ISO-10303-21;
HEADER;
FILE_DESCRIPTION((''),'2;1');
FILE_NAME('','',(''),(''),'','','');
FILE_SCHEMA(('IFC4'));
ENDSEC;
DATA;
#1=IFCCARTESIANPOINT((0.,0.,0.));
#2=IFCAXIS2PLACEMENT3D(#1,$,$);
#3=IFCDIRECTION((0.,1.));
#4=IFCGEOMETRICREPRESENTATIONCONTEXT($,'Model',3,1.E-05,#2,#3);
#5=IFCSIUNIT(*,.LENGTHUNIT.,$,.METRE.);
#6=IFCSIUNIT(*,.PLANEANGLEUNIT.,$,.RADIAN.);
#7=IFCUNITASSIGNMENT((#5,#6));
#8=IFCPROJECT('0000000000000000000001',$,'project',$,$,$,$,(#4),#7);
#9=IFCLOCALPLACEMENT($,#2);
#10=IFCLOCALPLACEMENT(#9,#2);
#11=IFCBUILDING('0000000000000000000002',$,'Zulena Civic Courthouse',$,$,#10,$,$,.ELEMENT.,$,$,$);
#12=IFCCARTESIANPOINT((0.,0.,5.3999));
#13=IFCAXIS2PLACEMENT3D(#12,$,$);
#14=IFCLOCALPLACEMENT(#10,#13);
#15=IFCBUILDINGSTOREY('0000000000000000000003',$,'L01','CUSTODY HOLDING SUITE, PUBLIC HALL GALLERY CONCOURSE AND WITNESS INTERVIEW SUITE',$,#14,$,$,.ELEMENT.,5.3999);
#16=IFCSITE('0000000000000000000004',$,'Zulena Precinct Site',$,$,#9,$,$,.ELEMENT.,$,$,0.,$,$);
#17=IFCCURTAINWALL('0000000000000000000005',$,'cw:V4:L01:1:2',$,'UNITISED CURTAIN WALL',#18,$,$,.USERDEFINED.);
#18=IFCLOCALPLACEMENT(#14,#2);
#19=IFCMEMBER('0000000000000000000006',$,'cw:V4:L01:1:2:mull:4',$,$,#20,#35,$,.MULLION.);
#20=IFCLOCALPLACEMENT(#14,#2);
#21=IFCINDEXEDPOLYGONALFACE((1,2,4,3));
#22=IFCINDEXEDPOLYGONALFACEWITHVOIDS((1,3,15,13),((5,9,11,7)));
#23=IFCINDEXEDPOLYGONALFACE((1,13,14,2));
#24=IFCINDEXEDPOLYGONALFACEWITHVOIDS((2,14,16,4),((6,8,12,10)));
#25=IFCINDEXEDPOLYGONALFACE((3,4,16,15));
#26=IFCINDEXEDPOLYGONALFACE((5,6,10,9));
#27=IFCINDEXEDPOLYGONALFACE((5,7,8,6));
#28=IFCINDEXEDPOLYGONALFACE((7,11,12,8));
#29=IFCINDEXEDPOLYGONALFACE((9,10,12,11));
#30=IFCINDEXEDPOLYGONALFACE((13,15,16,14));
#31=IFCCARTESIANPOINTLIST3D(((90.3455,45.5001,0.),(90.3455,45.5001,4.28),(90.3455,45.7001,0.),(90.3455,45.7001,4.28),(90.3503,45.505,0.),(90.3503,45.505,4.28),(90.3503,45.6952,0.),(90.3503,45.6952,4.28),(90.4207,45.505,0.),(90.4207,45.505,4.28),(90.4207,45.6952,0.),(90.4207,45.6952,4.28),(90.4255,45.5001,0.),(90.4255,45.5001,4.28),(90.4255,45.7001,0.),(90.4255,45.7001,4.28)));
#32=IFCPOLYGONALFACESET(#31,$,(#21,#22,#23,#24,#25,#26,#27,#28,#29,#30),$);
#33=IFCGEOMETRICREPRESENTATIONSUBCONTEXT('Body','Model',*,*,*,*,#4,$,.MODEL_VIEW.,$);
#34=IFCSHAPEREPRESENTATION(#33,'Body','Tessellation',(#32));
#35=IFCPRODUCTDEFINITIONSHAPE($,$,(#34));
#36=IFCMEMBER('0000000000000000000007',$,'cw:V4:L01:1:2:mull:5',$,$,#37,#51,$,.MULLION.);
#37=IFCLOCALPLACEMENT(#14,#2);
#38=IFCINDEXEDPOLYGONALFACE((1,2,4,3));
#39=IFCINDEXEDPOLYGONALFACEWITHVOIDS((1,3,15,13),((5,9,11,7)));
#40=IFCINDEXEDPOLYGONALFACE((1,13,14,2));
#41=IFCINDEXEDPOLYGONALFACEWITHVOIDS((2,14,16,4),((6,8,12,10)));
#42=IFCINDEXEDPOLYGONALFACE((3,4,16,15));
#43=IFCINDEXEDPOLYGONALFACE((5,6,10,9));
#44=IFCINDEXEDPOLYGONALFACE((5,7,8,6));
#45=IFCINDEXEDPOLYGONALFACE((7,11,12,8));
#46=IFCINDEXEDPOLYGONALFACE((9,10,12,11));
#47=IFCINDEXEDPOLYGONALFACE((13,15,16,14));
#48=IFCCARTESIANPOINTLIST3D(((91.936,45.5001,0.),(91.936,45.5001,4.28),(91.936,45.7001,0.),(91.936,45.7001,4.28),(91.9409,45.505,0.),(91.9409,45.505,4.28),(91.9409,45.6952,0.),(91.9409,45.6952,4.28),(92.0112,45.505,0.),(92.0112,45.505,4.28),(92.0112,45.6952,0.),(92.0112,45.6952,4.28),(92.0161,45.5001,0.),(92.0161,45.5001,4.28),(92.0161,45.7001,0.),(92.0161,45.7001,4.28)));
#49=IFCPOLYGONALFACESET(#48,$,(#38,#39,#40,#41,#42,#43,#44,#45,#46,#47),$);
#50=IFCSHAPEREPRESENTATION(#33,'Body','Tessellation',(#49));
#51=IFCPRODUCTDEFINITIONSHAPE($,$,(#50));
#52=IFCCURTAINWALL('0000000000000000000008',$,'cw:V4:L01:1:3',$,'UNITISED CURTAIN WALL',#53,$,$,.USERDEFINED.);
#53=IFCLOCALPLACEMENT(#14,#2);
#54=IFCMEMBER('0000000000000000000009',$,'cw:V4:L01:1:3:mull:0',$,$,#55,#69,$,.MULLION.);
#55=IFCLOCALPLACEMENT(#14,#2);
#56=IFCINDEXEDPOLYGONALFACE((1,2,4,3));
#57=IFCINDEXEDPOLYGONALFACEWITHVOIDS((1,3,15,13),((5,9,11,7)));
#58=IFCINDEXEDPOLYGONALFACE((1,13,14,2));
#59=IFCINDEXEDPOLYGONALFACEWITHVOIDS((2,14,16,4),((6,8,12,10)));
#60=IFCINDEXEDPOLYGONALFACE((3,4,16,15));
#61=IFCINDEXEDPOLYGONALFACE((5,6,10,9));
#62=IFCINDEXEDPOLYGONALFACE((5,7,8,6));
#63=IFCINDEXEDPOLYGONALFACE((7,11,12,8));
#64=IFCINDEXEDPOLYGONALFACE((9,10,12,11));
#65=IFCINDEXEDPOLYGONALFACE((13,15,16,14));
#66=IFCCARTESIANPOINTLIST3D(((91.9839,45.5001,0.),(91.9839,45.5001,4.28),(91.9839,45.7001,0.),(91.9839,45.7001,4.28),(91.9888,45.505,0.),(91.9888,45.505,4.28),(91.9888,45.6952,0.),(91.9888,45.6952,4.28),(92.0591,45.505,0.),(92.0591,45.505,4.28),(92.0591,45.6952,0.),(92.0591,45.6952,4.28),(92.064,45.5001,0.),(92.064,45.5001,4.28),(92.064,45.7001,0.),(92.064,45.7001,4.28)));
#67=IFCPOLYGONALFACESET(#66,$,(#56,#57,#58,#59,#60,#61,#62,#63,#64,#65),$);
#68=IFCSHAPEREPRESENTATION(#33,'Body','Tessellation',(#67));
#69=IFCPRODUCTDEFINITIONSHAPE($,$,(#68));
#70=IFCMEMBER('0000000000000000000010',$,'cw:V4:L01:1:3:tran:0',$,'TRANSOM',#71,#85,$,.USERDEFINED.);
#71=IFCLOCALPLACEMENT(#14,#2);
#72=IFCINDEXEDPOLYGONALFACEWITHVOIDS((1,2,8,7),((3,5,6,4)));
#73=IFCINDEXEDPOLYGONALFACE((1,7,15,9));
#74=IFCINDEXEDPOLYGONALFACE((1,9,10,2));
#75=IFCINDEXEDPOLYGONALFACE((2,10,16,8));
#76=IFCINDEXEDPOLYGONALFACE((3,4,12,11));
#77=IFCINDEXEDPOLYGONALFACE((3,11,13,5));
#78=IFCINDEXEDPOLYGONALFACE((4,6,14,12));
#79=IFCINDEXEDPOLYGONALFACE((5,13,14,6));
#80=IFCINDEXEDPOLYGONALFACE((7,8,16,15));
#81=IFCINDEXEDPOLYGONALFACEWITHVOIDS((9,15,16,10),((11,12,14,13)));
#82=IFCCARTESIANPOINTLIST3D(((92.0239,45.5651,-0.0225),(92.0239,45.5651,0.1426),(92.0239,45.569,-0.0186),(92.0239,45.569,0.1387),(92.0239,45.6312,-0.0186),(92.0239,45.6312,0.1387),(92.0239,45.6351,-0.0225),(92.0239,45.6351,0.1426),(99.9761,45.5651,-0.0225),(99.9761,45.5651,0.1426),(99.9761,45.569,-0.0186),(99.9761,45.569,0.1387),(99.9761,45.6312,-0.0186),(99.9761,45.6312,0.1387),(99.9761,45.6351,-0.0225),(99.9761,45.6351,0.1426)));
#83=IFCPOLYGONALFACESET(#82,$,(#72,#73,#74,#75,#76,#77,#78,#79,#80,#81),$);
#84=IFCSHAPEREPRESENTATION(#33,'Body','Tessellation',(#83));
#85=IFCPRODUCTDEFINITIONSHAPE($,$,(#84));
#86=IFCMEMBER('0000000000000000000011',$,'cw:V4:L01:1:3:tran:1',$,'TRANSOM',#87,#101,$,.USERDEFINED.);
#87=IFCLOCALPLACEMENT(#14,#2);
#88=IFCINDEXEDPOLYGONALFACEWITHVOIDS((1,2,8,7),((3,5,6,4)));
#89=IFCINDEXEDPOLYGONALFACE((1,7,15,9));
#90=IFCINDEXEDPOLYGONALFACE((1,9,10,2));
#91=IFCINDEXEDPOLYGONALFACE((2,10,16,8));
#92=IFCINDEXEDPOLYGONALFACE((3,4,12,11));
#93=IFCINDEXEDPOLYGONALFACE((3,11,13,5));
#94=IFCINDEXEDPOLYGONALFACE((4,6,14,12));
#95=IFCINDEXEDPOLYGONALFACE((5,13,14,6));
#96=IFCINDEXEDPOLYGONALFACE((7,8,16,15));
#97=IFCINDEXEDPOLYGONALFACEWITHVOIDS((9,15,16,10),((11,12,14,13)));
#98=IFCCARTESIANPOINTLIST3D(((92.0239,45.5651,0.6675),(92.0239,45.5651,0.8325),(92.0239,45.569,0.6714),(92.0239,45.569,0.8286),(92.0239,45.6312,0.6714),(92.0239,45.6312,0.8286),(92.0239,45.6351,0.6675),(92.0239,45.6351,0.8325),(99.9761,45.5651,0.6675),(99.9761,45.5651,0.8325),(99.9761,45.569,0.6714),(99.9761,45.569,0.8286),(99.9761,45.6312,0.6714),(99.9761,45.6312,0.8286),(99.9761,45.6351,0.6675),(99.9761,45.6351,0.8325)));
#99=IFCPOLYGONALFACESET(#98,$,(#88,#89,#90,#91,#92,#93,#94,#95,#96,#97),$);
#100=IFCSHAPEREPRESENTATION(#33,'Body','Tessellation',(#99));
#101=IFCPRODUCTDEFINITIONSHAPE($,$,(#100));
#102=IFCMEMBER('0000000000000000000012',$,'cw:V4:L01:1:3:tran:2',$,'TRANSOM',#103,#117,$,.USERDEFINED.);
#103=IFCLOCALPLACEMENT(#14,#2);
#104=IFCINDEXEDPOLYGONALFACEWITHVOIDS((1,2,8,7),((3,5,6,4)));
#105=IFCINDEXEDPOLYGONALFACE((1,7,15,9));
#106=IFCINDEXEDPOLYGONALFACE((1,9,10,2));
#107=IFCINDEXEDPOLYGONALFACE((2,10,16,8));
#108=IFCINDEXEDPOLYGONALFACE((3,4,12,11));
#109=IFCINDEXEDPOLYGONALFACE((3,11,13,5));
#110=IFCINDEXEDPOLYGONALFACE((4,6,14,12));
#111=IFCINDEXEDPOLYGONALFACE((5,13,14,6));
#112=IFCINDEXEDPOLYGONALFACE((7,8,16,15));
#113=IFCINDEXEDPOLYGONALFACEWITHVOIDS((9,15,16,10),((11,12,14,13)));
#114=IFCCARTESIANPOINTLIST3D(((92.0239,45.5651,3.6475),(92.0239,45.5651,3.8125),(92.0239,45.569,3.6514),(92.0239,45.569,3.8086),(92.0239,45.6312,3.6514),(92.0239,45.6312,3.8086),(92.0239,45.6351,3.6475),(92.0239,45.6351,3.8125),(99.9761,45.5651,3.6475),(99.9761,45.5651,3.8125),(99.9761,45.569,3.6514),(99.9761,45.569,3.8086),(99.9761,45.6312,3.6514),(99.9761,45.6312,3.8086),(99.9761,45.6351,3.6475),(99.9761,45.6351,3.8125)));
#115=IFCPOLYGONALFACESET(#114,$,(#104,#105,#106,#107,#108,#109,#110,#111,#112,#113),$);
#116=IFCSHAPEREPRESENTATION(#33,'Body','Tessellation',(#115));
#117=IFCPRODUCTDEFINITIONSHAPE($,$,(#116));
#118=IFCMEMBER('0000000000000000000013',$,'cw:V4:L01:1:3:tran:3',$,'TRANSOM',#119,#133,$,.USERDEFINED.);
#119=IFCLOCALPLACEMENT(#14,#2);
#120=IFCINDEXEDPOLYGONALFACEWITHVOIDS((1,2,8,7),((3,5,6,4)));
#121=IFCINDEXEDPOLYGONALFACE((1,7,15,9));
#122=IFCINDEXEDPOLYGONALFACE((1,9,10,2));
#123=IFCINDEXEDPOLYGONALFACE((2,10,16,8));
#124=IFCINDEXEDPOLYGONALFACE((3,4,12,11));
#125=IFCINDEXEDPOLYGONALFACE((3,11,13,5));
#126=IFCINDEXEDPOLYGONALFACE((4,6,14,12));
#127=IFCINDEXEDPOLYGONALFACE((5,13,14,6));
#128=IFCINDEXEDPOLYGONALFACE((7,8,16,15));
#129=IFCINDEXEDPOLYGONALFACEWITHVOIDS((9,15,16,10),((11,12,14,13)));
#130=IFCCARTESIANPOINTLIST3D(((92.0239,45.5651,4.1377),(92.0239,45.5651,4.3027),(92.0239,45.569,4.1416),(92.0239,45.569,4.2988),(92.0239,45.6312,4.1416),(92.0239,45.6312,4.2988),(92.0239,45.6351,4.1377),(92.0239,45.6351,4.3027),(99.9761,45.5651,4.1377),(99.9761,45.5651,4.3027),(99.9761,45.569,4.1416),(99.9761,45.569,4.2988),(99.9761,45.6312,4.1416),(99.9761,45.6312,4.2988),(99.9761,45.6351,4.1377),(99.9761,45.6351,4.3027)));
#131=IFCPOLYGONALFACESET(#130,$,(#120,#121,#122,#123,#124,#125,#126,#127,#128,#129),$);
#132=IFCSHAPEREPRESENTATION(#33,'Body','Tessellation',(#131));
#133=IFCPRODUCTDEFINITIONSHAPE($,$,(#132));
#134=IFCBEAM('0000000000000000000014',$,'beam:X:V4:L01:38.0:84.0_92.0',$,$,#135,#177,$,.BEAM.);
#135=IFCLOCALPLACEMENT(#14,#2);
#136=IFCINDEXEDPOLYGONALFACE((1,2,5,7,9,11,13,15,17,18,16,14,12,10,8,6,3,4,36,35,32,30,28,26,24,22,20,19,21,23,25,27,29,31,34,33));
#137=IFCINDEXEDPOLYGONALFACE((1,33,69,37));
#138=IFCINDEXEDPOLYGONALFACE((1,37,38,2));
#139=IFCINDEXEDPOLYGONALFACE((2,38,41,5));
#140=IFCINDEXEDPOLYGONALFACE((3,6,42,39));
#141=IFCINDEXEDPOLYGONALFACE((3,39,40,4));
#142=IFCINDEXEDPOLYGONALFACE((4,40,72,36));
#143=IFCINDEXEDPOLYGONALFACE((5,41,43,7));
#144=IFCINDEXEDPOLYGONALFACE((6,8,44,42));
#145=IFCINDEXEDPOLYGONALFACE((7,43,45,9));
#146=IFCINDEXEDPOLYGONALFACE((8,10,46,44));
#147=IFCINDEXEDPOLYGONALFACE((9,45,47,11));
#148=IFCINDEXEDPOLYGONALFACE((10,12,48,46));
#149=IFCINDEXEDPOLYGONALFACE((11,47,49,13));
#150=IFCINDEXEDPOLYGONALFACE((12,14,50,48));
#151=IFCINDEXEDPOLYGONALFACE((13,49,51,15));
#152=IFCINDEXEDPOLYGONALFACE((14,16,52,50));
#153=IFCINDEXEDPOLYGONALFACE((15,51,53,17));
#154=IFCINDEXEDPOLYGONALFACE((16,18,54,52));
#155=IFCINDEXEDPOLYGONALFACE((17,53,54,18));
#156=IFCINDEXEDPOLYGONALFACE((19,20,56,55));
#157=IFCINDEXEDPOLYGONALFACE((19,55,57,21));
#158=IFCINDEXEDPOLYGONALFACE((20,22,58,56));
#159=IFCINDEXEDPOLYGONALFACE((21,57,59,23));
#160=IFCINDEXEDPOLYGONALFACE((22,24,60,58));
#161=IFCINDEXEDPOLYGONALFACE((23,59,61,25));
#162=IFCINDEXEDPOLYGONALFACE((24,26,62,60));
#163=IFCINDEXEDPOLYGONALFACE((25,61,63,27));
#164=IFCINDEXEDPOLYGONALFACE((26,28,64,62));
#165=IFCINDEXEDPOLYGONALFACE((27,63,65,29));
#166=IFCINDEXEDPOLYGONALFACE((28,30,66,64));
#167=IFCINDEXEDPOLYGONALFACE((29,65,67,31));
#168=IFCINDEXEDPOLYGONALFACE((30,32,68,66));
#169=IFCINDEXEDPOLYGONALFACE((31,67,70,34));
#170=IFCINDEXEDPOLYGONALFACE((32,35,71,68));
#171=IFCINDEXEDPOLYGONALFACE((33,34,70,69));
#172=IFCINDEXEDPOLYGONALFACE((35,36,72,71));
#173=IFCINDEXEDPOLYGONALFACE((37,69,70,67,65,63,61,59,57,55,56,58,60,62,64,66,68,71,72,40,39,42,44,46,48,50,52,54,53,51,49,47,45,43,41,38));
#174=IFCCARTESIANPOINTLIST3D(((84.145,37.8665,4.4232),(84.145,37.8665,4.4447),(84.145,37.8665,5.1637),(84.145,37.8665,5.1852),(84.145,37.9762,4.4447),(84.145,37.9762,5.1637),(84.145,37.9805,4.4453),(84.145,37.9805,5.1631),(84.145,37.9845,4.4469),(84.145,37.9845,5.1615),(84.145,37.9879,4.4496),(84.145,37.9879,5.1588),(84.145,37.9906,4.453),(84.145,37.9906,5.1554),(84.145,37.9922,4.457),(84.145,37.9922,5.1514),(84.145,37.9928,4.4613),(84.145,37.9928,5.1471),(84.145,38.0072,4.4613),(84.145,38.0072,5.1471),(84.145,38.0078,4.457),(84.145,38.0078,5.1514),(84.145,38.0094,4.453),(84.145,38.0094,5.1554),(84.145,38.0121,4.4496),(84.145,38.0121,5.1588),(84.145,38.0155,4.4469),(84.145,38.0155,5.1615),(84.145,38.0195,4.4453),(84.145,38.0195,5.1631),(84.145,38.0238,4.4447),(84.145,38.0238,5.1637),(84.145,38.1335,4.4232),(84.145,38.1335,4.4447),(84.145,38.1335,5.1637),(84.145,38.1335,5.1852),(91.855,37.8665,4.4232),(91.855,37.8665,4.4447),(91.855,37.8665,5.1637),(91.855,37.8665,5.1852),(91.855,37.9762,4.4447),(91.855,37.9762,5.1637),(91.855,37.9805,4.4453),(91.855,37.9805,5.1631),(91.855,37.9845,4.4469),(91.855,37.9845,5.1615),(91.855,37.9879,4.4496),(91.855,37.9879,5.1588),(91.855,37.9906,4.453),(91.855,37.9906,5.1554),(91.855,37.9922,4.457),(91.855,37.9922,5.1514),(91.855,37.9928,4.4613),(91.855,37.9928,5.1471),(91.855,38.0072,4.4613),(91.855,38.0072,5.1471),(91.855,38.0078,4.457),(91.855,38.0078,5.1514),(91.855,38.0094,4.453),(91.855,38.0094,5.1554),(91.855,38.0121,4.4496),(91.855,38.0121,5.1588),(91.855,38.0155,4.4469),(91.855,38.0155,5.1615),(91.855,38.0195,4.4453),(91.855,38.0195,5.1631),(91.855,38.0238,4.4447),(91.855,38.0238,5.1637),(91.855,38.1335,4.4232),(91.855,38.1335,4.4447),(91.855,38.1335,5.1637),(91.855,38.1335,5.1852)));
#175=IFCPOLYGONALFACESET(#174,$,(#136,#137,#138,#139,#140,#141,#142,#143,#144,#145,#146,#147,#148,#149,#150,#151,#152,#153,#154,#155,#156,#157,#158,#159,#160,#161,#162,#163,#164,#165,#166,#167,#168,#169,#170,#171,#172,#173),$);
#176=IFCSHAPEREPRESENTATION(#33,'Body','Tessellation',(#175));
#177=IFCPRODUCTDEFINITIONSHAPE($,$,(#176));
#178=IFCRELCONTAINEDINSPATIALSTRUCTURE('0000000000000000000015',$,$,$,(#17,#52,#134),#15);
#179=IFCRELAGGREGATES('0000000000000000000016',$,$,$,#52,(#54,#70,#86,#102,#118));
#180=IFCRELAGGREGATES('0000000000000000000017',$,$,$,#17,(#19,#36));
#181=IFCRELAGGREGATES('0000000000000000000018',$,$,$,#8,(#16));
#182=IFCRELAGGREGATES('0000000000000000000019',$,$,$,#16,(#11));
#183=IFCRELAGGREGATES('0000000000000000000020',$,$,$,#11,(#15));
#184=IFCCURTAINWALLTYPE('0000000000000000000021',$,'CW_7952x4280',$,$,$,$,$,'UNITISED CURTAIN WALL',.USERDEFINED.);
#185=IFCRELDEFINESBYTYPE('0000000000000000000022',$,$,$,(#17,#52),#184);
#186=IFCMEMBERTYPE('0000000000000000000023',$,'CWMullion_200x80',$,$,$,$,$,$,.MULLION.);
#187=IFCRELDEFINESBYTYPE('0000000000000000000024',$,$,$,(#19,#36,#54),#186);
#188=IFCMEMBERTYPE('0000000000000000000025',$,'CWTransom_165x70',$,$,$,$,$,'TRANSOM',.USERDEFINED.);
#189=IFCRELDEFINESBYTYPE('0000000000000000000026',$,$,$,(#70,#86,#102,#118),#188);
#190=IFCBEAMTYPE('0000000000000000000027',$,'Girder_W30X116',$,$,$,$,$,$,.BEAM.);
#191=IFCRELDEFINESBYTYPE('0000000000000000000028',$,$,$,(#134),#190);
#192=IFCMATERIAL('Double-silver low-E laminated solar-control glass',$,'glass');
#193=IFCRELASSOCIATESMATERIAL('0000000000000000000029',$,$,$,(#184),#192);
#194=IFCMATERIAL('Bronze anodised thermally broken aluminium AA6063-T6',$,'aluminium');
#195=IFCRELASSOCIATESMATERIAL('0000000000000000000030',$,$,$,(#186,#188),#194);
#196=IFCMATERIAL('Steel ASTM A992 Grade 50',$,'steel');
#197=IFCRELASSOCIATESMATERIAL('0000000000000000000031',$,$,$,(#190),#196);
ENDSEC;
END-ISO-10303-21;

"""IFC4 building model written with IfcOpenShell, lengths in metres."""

from ifc_helpers import new_model, si_unit, direction, frame, origin, origin_2d, place, context, subcontext, project, spatial, hollow_rectangle, i_section, extrude, material, material_profile, profile_set, type_object, element, aggregate, save


model = new_model("IFC4")

# Units and contexts
model_context = context("Model", 3, precision=1e-05, world=origin(), true_north=direction((0.0, 1.0)))
body_context = subcontext(model_context, "Body", "Model", "MODEL_VIEW")
ifc_project = project(units=[si_unit("LENGTHUNIT", "METRE"), si_unit("PLANEANGLEUNIT", "RADIAN")], contexts=[model_context])

# Site, building, storey
site_placement = place(None, origin())
site = spatial("IfcSite", under=ifc_project, at=site_placement, Name="Zulena Precinct Site", CompositionType="ELEMENT", RefElevation=0.0)
building_placement = place(site_placement, origin())
building = spatial("IfcBuilding", under=site, at=building_placement, Name="Zulena Civic Courthouse", CompositionType="ELEMENT")
storey_placement = place(building_placement, frame((0.0, 0.0, 5.3999)))
storey = spatial("IfcBuildingStorey", under=building, at=storey_placement, Name="L01", Description="CUSTODY HOLDING SUITE, PUBLIC HALL GALLERY CONCOURSE AND WITNESS INTERVIEW SUITE", CompositionType="ELEMENT", Elevation=5.3999)

# Shared definitions
ifc_material_1 = material(Name="Steel ASTM A992 Grade 50", Category="steel")

# Curtain walls, members
ifc_material_2 = material(Name="Double-silver low-E laminated solar-control glass", Category="glass")
curtain_wall_type = type_object("IfcCurtainWallType", Name="CW_7952x4280", ElementType="UNITISED CURTAIN WALL", PredefinedType="USERDEFINED", material=ifc_material_2)
curtain_wall_1_placement = place(storey_placement, origin())
curtain_wall_1 = element("IfcCurtainWall", 1, at=curtain_wall_1_placement, inside=storey, type_object=curtain_wall_type, Name="cw:V4:L01:1:2", ObjectType="UNITISED CURTAIN WALL", PredefinedType="USERDEFINED")
ifc_material_3 = material(Name="Bronze anodised thermally broken aluminium AA6063-T6", Category="aluminium")
ifc_material_profile_1 = material_profile(ifc_material_3, hollow_rectangle(XDim=0.0801, YDim=0.2, WallThickness=0.0049, at=origin_2d()), Name="CWM200X80X5")
ifc_profile_set_1 = profile_set([ifc_material_profile_1], Name="Bronze anodised thermally broken aluminium AA6063-T6")
member_type_1 = type_object("IfcMemberType", Name="CWMullion_200x80", PredefinedType="MULLION", material=ifc_profile_set_1)
member_1_placement = place(storey_placement, frame((90.3855, 45.6001, 0.0), z_axis=(0.0, 0.0, 1.0), x_axis=(1.0, 0.0, 0.0)))
member_1 = element("IfcMember", 2, at=member_1_placement, type_object=member_type_1, Name="cw:V4:L01:1:2:mull:4", PredefinedType="MULLION", context=body_context, shape_type="SweptSolid", body=[
    extrude(hollow_rectangle(XDim=0.0801, YDim=0.2, WallThickness=0.0049, at=origin_2d()), origin(), (0.0, 0.0, 1.0), 4.28),
])
member_2_placement = place(storey_placement, frame((91.9761, 45.6001, 0.0), z_axis=(0.0, 0.0, 1.0), x_axis=(1.0, 0.0, 0.0)))
member_2 = element("IfcMember", 3, at=member_2_placement, type_object=member_type_1, Name="cw:V4:L01:1:2:mull:5", PredefinedType="MULLION", context=body_context, shape_type="SweptSolid", body=[
    extrude(hollow_rectangle(XDim=0.0801, YDim=0.2, WallThickness=0.0049, at=origin_2d()), origin(), (0.0, 0.0, 1.0), 4.28),
])
curtain_wall_2_placement = place(storey_placement, origin())
curtain_wall_2 = element("IfcCurtainWall", 4, at=curtain_wall_2_placement, inside=storey, type_object=curtain_wall_type, Name="cw:V4:L01:1:3", ObjectType="UNITISED CURTAIN WALL", PredefinedType="USERDEFINED")
member_3_placement = place(storey_placement, frame((92.0239, 45.6001, 0.0), z_axis=(0.0, 0.0, 1.0), x_axis=(1.0, 0.0, 0.0)))
member_3 = element("IfcMember", 5, at=member_3_placement, type_object=member_type_1, Name="cw:V4:L01:1:3:mull:0", PredefinedType="MULLION", context=body_context, shape_type="SweptSolid", body=[
    extrude(hollow_rectangle(XDim=0.0801, YDim=0.2, WallThickness=0.0049, at=origin_2d()), origin(), (0.0, 0.0, 1.0), 4.28),
])
ifc_material_profile_2 = material_profile(ifc_material_3, hollow_rectangle(XDim=0.0701, YDim=0.165, WallThickness=0.0039, at=origin_2d()), Name="CWT165X70X4")
ifc_profile_set_2 = profile_set([ifc_material_profile_2], Name="Bronze anodised thermally broken aluminium AA6063-T6")
member_type_2 = type_object("IfcMemberType", Name="CWTransom_165x70", ElementType="TRANSOM", PredefinedType="USERDEFINED", material=ifc_profile_set_2)
member_4_placement = place(storey_placement, frame((92.0239, 45.6001, 0.0601), z_axis=(1.0, 0.0, 0.0), x_axis=(0.0, 1.0, 0.0)))
member_4 = element("IfcMember", 6, at=member_4_placement, type_object=member_type_2, Name="cw:V4:L01:1:3:tran:0", ObjectType="TRANSOM", PredefinedType="USERDEFINED", context=body_context, shape_type="SweptSolid", body=[
    extrude(hollow_rectangle(XDim=0.0701, YDim=0.165, WallThickness=0.0039, at=origin_2d()), origin(), (0.0, 0.0, 1.0), 7.9521),
])
member_5_placement = place(storey_placement, frame((92.0239, 45.6001, 0.75), z_axis=(1.0, 0.0, 0.0), x_axis=(0.0, 1.0, 0.0)))
member_5 = element("IfcMember", 7, at=member_5_placement, type_object=member_type_2, Name="cw:V4:L01:1:3:tran:1", ObjectType="TRANSOM", PredefinedType="USERDEFINED", context=body_context, shape_type="SweptSolid", body=[
    extrude(hollow_rectangle(XDim=0.0701, YDim=0.165, WallThickness=0.0039, at=origin_2d()), origin(), (0.0, 0.0, 1.0), 7.9521),
])
member_6_placement = place(storey_placement, frame((92.0239, 45.6001, 3.73), z_axis=(1.0, 0.0, 0.0), x_axis=(0.0, 1.0, 0.0)))
member_6 = element("IfcMember", 8, at=member_6_placement, type_object=member_type_2, Name="cw:V4:L01:1:3:tran:2", ObjectType="TRANSOM", PredefinedType="USERDEFINED", context=body_context, shape_type="SweptSolid", body=[
    extrude(hollow_rectangle(XDim=0.0701, YDim=0.165, WallThickness=0.0039, at=origin_2d()), origin(), (0.0, 0.0, 1.0), 7.9521),
])
member_7_placement = place(storey_placement, frame((92.0239, 45.6001, 4.2202), z_axis=(1.0, 0.0, 0.0), x_axis=(0.0, 1.0, 0.0)))
member_7 = element("IfcMember", 9, at=member_7_placement, type_object=member_type_2, Name="cw:V4:L01:1:3:tran:3", ObjectType="TRANSOM", PredefinedType="USERDEFINED", context=body_context, shape_type="SweptSolid", body=[
    extrude(hollow_rectangle(XDim=0.0701, YDim=0.165, WallThickness=0.0039, at=origin_2d()), origin(), (0.0, 0.0, 1.0), 7.9521),
])
aggregate(curtain_wall_2, [member_3, member_4, member_5, member_6, member_7])

# Beam
ifc_material_profile_3 = material_profile(ifc_material_1, i_section(OverallWidth=0.2671, OverallDepth=0.762, WebThickness=0.0144, FlangeThickness=0.0215, FilletRadius=0.0166, at=origin_2d()), Name="W30X116")
ifc_profile_set_3 = profile_set([ifc_material_profile_3], Name="Steel ASTM A992 Grade 50")
beam_type_1 = type_object("IfcBeamType", Name="Girder_W30X116", PredefinedType="BEAM", material=ifc_profile_set_3)
for number, where, z_axis, x_axis, name in (
    (10, (84.145, 38.0, 4.8042), (1.0, 0.0, 0.0), (0.0, 1.0, 0.0), "beam:X:V4:L01:38.0:84.0_92.0"),
):
    element("IfcBeam", number, at=place(storey_placement, frame(where, z_axis=z_axis, x_axis=x_axis)), inside=storey, type_object=beam_type_1, Name=name, PredefinedType="BEAM", context=body_context, shape_type="SweptSolid", body=[
        extrude(i_section(OverallWidth=0.2671, OverallDepth=0.762, WebThickness=0.0144, FlangeThickness=0.0215, FilletRadius=0.0166, at=origin_2d()), origin(), (0.0, 0.0, 1.0), 7.71),
    ])

aggregate(curtain_wall_1, [member_1, member_2])

save(model, "model.ifc")
